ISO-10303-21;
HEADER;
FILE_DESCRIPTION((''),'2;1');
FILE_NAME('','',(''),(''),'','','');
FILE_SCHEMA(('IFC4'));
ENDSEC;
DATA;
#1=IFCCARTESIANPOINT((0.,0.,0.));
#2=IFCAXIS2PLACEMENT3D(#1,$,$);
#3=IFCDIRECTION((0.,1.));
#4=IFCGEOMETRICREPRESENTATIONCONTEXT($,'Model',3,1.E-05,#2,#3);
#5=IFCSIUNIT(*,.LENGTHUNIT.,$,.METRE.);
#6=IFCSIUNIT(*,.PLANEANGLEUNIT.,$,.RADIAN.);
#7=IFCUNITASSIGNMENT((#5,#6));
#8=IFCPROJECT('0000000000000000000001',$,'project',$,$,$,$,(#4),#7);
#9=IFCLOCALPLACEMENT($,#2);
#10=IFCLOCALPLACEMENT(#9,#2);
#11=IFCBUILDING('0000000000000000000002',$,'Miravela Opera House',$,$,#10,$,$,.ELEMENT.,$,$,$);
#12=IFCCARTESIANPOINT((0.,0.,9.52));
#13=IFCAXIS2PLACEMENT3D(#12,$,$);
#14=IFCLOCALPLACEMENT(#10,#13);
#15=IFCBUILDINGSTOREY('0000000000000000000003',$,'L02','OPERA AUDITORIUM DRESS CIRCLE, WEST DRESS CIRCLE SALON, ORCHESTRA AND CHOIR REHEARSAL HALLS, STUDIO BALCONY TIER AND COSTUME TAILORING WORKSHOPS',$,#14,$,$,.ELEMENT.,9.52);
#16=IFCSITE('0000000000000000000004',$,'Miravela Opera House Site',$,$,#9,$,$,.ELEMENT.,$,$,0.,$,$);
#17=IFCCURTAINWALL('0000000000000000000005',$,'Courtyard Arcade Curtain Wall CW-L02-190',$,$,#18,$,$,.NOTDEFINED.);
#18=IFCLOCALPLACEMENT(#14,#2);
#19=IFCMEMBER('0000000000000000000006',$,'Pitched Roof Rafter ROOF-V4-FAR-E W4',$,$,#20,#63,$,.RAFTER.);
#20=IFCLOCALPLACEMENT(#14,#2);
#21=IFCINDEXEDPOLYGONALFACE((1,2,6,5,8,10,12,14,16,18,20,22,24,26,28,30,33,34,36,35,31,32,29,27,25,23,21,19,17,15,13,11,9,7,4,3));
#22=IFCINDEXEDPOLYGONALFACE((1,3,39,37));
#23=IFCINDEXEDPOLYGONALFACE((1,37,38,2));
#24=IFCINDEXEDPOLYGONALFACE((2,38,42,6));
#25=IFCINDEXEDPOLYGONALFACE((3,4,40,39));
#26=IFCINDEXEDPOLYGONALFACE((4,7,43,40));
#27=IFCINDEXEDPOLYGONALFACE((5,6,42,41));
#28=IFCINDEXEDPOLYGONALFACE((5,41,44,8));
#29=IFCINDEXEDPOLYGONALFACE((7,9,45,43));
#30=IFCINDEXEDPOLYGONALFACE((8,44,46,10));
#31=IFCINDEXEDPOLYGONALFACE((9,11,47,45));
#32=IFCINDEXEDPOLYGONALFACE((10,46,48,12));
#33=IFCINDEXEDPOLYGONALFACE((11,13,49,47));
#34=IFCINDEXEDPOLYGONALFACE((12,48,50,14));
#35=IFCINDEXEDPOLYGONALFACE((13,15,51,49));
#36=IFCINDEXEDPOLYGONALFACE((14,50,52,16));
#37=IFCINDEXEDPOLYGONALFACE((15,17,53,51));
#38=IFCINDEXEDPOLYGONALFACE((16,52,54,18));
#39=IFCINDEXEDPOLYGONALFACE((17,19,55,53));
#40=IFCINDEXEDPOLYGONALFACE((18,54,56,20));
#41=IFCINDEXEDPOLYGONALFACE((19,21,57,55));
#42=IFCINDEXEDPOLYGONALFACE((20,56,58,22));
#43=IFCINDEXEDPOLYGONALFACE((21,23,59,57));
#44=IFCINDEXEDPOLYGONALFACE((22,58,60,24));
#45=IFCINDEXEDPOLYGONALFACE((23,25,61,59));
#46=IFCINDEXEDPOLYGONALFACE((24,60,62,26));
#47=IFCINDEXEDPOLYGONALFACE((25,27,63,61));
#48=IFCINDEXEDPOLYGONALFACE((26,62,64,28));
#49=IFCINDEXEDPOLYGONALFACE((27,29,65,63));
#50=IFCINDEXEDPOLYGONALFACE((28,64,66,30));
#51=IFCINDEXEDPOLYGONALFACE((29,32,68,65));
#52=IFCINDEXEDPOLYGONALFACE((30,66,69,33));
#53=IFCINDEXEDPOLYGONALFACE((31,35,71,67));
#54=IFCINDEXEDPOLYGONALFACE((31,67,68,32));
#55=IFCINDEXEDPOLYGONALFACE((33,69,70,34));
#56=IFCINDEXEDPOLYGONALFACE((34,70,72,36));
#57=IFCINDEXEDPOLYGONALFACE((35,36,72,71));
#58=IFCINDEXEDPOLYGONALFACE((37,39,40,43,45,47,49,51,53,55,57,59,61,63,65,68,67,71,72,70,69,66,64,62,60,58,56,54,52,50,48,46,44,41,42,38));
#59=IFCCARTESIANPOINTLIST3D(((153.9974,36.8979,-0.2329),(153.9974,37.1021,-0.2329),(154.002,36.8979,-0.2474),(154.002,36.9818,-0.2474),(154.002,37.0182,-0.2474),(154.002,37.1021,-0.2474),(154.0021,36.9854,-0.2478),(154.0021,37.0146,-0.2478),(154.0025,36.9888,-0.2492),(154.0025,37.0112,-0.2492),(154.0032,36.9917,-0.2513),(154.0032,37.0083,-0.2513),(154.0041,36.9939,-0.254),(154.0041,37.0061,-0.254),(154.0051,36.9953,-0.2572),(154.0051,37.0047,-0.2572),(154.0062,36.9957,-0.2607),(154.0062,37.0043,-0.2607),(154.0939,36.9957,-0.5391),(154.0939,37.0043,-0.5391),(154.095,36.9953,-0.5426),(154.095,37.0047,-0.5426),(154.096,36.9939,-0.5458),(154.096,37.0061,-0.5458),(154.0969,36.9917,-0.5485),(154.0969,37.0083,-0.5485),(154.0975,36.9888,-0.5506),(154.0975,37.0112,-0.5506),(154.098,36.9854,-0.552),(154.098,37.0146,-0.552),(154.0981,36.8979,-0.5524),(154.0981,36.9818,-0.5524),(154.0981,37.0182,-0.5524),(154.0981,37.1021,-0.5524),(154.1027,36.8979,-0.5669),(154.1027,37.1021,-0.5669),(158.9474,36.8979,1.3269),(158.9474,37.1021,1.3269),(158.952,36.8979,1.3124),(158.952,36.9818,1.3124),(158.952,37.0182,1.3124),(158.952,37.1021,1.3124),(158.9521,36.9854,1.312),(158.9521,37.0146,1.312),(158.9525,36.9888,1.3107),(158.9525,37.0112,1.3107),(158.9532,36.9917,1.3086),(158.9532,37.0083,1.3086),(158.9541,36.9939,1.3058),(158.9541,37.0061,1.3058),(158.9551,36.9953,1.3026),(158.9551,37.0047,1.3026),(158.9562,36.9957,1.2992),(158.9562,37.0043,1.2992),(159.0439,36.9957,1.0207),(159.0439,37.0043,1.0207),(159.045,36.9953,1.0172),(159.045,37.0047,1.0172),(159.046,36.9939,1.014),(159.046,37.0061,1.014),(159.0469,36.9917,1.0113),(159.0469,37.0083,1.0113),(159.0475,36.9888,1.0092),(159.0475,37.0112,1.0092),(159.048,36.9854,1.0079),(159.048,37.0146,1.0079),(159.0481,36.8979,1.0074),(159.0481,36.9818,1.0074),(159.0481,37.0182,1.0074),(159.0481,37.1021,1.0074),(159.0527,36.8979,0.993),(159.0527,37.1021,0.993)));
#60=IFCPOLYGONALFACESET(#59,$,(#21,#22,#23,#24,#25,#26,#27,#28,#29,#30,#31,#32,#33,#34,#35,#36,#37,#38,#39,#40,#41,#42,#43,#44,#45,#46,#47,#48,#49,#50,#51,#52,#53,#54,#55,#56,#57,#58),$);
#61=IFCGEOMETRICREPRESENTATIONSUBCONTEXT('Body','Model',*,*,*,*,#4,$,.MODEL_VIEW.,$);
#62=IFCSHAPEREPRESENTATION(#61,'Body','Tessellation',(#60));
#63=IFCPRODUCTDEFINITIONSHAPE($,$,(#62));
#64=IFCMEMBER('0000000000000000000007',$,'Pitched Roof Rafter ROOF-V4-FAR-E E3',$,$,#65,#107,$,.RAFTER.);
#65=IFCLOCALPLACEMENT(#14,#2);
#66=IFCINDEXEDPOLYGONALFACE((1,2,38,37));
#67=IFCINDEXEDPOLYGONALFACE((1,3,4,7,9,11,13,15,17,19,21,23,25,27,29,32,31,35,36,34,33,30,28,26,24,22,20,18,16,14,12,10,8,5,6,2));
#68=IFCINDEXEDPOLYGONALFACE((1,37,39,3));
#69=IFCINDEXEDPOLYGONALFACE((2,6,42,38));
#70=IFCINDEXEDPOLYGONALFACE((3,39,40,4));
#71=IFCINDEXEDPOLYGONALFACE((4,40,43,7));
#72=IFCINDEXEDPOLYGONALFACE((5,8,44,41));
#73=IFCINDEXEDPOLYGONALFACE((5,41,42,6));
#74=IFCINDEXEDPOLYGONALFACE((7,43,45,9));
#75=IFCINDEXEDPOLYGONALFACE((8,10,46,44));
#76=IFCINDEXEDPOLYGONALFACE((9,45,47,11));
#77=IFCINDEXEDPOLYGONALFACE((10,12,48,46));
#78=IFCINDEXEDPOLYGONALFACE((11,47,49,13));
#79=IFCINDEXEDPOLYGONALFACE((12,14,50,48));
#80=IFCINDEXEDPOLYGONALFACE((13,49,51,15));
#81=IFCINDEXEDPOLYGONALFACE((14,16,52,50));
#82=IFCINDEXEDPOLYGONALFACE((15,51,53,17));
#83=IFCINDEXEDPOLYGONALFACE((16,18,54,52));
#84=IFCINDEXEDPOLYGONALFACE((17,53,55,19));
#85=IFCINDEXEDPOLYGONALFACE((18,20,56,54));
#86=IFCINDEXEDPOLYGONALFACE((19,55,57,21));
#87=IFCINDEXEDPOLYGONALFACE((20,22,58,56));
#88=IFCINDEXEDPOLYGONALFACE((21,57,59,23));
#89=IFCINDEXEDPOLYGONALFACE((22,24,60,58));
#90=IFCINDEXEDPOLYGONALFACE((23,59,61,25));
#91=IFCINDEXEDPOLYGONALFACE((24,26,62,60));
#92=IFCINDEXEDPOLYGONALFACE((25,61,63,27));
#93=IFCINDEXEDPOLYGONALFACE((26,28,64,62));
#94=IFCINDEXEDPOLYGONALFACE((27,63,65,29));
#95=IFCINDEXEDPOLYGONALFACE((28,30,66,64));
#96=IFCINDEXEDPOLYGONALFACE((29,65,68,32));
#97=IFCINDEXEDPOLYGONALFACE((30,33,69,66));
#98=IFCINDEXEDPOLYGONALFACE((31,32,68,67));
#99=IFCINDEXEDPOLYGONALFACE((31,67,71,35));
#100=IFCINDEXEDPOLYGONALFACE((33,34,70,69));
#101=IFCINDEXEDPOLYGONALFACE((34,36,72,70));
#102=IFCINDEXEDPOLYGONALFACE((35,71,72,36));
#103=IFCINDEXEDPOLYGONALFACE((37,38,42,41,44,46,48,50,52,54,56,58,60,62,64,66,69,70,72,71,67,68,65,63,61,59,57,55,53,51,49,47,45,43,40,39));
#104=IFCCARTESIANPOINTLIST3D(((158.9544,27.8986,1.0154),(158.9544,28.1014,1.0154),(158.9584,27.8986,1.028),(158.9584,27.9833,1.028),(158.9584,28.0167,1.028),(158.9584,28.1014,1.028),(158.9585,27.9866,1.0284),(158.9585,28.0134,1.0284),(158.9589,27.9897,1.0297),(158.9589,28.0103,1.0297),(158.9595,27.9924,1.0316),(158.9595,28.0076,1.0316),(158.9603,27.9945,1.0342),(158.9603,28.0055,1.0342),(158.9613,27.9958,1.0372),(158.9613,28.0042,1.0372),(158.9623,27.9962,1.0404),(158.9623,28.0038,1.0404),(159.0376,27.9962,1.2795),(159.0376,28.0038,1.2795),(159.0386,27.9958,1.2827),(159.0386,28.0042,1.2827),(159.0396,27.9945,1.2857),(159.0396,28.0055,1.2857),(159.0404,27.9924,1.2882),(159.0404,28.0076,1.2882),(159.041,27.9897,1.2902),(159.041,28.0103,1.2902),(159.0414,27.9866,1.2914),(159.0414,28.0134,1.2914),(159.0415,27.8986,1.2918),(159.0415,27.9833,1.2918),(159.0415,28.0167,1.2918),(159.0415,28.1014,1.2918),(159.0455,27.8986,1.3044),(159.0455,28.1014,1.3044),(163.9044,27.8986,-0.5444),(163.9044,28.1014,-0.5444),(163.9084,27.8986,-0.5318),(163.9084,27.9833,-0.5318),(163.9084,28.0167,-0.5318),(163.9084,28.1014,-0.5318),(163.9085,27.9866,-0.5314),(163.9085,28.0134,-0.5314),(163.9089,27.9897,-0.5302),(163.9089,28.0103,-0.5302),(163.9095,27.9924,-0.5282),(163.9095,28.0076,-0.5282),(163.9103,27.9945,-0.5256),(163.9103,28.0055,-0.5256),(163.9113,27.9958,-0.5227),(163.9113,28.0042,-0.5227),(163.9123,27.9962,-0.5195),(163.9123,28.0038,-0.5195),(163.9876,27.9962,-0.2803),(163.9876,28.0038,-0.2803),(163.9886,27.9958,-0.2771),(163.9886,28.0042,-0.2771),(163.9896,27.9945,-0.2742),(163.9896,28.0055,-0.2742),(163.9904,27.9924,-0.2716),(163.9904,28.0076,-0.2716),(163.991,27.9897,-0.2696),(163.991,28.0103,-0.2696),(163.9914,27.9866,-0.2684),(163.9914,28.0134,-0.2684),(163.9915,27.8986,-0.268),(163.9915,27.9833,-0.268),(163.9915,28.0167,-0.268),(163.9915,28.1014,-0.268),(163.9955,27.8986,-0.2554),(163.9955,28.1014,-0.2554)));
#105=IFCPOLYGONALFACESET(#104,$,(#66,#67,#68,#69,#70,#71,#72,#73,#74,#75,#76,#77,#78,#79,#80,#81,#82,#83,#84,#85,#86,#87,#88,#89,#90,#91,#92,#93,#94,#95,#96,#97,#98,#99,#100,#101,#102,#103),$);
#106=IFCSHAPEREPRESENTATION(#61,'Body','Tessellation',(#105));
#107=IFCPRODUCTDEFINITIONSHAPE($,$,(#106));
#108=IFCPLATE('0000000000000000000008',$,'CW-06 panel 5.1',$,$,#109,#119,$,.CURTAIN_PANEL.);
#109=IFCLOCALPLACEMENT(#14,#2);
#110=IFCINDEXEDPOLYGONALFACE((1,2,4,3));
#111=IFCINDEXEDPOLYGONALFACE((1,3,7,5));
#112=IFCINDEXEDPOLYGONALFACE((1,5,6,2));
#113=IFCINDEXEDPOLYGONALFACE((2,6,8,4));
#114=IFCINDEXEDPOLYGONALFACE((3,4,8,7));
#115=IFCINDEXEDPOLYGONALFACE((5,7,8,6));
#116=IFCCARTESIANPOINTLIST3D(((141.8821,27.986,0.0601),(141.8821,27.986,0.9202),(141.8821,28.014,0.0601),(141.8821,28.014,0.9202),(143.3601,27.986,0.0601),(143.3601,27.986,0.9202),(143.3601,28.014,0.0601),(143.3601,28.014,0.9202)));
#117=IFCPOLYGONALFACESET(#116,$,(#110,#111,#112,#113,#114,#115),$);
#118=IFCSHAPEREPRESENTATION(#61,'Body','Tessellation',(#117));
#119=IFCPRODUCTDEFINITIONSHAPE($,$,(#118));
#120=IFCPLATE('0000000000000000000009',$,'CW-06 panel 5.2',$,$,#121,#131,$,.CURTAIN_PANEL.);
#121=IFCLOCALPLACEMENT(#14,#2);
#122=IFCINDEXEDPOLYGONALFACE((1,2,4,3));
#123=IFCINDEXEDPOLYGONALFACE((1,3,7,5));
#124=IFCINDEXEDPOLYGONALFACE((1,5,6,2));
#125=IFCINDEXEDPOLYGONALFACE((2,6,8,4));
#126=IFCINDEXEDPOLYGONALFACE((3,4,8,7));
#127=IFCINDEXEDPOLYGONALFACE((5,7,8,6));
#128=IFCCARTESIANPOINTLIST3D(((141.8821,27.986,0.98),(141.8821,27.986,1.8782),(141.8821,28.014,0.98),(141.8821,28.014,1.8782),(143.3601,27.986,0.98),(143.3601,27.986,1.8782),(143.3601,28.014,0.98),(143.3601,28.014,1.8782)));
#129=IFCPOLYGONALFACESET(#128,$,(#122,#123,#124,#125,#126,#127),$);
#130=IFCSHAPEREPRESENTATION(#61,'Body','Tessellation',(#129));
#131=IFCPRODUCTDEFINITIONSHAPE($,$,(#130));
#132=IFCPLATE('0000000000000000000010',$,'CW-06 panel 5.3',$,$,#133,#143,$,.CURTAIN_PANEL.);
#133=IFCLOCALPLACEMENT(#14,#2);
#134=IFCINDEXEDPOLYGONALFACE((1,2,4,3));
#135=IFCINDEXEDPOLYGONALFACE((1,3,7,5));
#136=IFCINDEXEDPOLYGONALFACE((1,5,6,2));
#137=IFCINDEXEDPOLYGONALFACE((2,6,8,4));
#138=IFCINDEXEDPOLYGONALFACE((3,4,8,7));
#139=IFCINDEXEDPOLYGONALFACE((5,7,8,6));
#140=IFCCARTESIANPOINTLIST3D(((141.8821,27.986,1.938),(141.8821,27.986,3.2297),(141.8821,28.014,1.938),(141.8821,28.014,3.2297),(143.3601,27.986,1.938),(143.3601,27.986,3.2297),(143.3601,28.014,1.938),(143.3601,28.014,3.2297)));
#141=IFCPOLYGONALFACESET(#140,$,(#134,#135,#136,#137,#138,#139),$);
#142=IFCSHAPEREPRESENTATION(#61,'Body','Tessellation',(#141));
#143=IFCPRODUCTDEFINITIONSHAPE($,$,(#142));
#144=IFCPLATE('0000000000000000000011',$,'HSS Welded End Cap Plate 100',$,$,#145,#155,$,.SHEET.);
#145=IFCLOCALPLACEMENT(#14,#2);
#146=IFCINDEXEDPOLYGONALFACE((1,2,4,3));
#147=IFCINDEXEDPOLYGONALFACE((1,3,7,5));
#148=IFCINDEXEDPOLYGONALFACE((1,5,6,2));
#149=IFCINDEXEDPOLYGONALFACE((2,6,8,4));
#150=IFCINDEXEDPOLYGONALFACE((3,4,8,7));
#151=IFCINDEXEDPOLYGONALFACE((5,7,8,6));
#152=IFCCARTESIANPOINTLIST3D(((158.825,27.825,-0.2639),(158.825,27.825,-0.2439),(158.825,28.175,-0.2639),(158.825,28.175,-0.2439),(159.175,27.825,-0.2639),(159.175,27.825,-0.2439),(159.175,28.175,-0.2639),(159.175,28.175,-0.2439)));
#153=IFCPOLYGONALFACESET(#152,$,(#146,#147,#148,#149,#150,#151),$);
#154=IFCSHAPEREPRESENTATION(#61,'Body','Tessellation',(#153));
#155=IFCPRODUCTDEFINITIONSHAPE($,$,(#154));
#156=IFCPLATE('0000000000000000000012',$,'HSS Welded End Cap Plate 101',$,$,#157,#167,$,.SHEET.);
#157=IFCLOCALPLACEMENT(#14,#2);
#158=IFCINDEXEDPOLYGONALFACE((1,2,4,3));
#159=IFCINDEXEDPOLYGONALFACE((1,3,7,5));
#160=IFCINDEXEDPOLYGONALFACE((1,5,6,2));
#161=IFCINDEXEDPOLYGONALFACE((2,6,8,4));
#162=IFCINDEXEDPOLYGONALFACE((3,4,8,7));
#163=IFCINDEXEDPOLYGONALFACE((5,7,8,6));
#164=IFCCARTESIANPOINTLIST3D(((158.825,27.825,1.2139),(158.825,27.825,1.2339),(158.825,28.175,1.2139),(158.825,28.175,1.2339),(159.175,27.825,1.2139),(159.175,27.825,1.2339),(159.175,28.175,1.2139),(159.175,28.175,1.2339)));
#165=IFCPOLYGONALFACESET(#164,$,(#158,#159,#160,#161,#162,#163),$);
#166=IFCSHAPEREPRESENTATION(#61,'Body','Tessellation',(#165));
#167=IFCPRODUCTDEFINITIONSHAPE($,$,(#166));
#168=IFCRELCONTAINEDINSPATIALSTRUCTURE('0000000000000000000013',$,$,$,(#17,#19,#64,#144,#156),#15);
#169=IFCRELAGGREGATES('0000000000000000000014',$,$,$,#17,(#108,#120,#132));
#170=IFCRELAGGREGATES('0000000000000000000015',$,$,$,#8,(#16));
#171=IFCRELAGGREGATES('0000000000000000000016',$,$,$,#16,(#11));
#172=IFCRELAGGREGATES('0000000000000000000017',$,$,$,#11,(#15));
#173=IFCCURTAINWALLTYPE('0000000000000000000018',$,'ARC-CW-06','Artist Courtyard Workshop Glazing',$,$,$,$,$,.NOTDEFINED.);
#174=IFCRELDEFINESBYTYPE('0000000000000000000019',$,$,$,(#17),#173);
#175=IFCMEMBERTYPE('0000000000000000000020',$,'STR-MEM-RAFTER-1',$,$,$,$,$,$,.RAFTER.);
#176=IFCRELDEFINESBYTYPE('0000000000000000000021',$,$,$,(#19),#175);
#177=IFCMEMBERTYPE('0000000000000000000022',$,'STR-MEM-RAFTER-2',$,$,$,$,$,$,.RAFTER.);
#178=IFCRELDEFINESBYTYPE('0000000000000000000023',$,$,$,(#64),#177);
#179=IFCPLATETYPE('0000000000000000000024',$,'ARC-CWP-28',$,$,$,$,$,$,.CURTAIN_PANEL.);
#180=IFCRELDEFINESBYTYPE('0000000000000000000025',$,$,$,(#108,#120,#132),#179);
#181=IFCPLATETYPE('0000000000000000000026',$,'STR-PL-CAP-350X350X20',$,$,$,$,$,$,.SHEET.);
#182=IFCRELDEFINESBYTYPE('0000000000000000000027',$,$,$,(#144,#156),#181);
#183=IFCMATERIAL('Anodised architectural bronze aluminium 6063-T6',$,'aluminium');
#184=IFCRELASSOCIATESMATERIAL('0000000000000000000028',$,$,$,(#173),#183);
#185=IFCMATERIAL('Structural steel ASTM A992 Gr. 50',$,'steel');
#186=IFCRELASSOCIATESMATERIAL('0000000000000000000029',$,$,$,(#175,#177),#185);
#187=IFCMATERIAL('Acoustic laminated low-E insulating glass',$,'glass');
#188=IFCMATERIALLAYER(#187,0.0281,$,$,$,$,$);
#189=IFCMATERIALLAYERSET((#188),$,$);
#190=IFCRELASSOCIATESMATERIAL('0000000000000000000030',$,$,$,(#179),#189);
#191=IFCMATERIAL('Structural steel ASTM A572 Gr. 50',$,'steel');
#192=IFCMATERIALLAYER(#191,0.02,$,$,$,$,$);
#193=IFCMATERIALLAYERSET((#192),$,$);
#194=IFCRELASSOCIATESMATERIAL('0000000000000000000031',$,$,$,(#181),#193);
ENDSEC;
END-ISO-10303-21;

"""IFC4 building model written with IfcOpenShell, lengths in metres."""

from ifc_helpers import new_model, si_unit, direction, frame, origin, origin_2d, place, context, subcontext, project, spatial, rectangle, i_section, extrude, material, layer, layer_set, material_profile, profile_set, type_object, element, aggregate, save


model = new_model("IFC4")

# Units and contexts
model_context = context("Model", 3, precision=1e-05, world=origin(), true_north=direction((0.0, 1.0)))
body_context = subcontext(model_context, "Body", "Model", "MODEL_VIEW")
ifc_project = project(units=[si_unit("LENGTHUNIT", "METRE"), si_unit("PLANEANGLEUNIT", "RADIAN")], contexts=[model_context])

# Site, building, storey
site_placement = place(None, origin())
site = spatial("IfcSite", under=ifc_project, at=site_placement, Name="Miravela Opera House Site", CompositionType="ELEMENT", RefElevation=0.0)
building_placement = place(site_placement, origin())
building = spatial("IfcBuilding", under=site, at=building_placement, Name="Miravela Opera House", CompositionType="ELEMENT")
storey_placement = place(building_placement, frame((0.0, 0.0, 9.52)))
storey = spatial("IfcBuildingStorey", under=building, at=storey_placement, Name="L02", Description="OPERA AUDITORIUM DRESS CIRCLE, WEST DRESS CIRCLE SALON, ORCHESTRA AND CHOIR REHEARSAL HALLS, STUDIO BALCONY TIER AND COSTUME TAILORING WORKSHOPS", CompositionType="ELEMENT", Elevation=9.52)

# Curtain wall
ifc_material_1 = material(Name="Anodised architectural bronze aluminium 6063-T6", Category="aluminium")
curtain_wall_type = type_object("IfcCurtainWallType", Name="ARC-CW-06", Description="Artist Courtyard Workshop Glazing", PredefinedType="NOTDEFINED", material=ifc_material_1)
curtain_wall_placement = place(storey_placement, origin())
curtain_wall = element("IfcCurtainWall", 1, at=curtain_wall_placement, inside=storey, type_object=curtain_wall_type, Name="Courtyard Arcade Curtain Wall CW-L02-190", PredefinedType="NOTDEFINED")

# Shared definitions
ifc_material_2 = material(Name="Structural steel ASTM A992 Gr. 50", Category="steel")

# Members
ifc_material_profile_1 = material_profile(ifc_material_2, i_section(OverallWidth=0.2041, OverallDepth=0.3501, WebThickness=0.0085, FlangeThickness=0.0151, FilletRadius=0.0139, at=origin_2d()), Name="W360X72")
ifc_profile_set_1 = profile_set([ifc_material_profile_1])
member_type_1 = type_object("IfcMemberType", Name="STR-MEM-RAFTER-1", PredefinedType="RAFTER", material=ifc_profile_set_1)
for number, where, z_axis, x_axis, name in (
    (2, (154.05, 37.0, -0.3999), (0.953767, 0.0, 0.300548), (0.0, 1.0, 0.0), "Pitched Roof Rafter ROOF-V4-FAR-E W4"),
):
    element("IfcMember", number, at=place(storey_placement, frame(where, z_axis=z_axis, x_axis=x_axis)), inside=storey, type_object=member_type_1, Name=name, PredefinedType="RAFTER", context=body_context, shape_type="SweptSolid", body=[
        extrude(i_section(OverallWidth=0.2041, OverallDepth=0.3501, WebThickness=0.0085, FlangeThickness=0.0151, FilletRadius=0.0139, at=origin_2d()), origin(), (0.0, 0.0, 1.0), 5.1899),
    ])
ifc_material_profile_2 = material_profile(ifc_material_2, i_section(OverallWidth=0.2029, OverallDepth=0.303, WebThickness=0.0076, FlangeThickness=0.0132, FilletRadius=0.0129, at=origin_2d()), Name="W310X60")
ifc_profile_set_2 = profile_set([ifc_material_profile_2])
member_type_2 = type_object("IfcMemberType", Name="STR-MEM-RAFTER-2", PredefinedType="RAFTER", material=ifc_profile_set_2)
member_1_placement = place(storey_placement, frame((163.95, 28.0, -0.3999), z_axis=(-0.953767, 0.0, 0.300548), x_axis=(0.0, -1.0, 0.0)))
element("IfcMember", 3, at=member_1_placement, inside=storey, type_object=member_type_2, Name="Pitched Roof Rafter ROOF-V4-FAR-E E3", PredefinedType="RAFTER", context=body_context, shape_type="SweptSolid", body=[
    extrude(i_section(OverallWidth=0.2029, OverallDepth=0.303, WebThickness=0.0076, FlangeThickness=0.0132, FilletRadius=0.0129, at=origin_2d()), origin(), (0.0, 0.0, 1.0), 5.1899),
])

# Plates
ifc_material_3 = material(Name="Acoustic laminated low-E insulating glass", Category="glass")
ifc_layer_1 = layer(ifc_material_3, 0.0281)
ifc_layer_set_1 = layer_set([ifc_layer_1])
plate_type_1 = type_object("IfcPlateType", Name="ARC-CWP-28", PredefinedType="CURTAIN_PANEL", material=ifc_layer_set_1)
plate_1_placement = place(storey_placement, frame((142.6211, 28.0, 0.0601), z_axis=(0.0, 0.0, 1.0), x_axis=(1.0, 0.0, 0.0)))
plate_1 = element("IfcPlate", 4, at=plate_1_placement, type_object=plate_type_1, Name="CW-06 panel 5.1", PredefinedType="CURTAIN_PANEL", context=body_context, shape_type="SweptSolid", body=[
    extrude(rectangle(XDim=1.478, YDim=0.0281, at=origin_2d()), origin(), (0.0, 0.0, 1.0), 0.8601),
])
plate_2_placement = place(storey_placement, frame((142.6211, 28.0, 0.98), z_axis=(0.0, 0.0, 1.0), x_axis=(1.0, 0.0, 0.0)))
plate_2 = element("IfcPlate", 5, at=plate_2_placement, type_object=plate_type_1, Name="CW-06 panel 5.2", PredefinedType="CURTAIN_PANEL", context=body_context, shape_type="SweptSolid", body=[
    extrude(rectangle(XDim=1.478, YDim=0.0281, at=origin_2d()), origin(), (0.0, 0.0, 1.0), 0.8982),
])
plate_3_placement = place(storey_placement, frame((142.6211, 28.0, 1.938), z_axis=(0.0, 0.0, 1.0), x_axis=(1.0, 0.0, 0.0)))
plate_3 = element("IfcPlate", 6, at=plate_3_placement, type_object=plate_type_1, Name="CW-06 panel 5.3", PredefinedType="CURTAIN_PANEL", context=body_context, shape_type="SweptSolid", body=[
    extrude(rectangle(XDim=1.478, YDim=0.0281, at=origin_2d()), origin(), (0.0, 0.0, 1.0), 1.2917),
])
aggregate(curtain_wall, [plate_1, plate_2, plate_3])

# Plates
ifc_material_4 = material(Name="Structural steel ASTM A572 Gr. 50", Category="steel")
ifc_layer_2 = layer(ifc_material_4, 0.02)
ifc_layer_set_2 = layer_set([ifc_layer_2])
plate_type_2 = type_object("IfcPlateType", Name="STR-PL-CAP-350X350X20", PredefinedType="SHEET", material=ifc_layer_set_2)
for number, where, z_axis, x_axis, name in (
    (7, (159.0, 28.0, -0.2639), (0.0, 0.0, 1.0), (1.0, 0.0, 0.0), "HSS Welded End Cap Plate 100"),
    (8, (159.0, 28.0, 1.2139), (0.0, 0.0, 1.0), (1.0, 0.0, 0.0), "HSS Welded End Cap Plate 101"),
):
    element("IfcPlate", number, at=place(storey_placement, frame(where, z_axis=z_axis, x_axis=x_axis)), inside=storey, type_object=plate_type_2, Name=name, PredefinedType="SHEET", context=body_context, shape_type="SweptSolid", body=[
        extrude(rectangle(XDim=0.3501, YDim=0.3501, at=origin_2d()), origin(), (0.0, 0.0, 1.0), 0.02),
    ])

save(model, "model.ifc")
